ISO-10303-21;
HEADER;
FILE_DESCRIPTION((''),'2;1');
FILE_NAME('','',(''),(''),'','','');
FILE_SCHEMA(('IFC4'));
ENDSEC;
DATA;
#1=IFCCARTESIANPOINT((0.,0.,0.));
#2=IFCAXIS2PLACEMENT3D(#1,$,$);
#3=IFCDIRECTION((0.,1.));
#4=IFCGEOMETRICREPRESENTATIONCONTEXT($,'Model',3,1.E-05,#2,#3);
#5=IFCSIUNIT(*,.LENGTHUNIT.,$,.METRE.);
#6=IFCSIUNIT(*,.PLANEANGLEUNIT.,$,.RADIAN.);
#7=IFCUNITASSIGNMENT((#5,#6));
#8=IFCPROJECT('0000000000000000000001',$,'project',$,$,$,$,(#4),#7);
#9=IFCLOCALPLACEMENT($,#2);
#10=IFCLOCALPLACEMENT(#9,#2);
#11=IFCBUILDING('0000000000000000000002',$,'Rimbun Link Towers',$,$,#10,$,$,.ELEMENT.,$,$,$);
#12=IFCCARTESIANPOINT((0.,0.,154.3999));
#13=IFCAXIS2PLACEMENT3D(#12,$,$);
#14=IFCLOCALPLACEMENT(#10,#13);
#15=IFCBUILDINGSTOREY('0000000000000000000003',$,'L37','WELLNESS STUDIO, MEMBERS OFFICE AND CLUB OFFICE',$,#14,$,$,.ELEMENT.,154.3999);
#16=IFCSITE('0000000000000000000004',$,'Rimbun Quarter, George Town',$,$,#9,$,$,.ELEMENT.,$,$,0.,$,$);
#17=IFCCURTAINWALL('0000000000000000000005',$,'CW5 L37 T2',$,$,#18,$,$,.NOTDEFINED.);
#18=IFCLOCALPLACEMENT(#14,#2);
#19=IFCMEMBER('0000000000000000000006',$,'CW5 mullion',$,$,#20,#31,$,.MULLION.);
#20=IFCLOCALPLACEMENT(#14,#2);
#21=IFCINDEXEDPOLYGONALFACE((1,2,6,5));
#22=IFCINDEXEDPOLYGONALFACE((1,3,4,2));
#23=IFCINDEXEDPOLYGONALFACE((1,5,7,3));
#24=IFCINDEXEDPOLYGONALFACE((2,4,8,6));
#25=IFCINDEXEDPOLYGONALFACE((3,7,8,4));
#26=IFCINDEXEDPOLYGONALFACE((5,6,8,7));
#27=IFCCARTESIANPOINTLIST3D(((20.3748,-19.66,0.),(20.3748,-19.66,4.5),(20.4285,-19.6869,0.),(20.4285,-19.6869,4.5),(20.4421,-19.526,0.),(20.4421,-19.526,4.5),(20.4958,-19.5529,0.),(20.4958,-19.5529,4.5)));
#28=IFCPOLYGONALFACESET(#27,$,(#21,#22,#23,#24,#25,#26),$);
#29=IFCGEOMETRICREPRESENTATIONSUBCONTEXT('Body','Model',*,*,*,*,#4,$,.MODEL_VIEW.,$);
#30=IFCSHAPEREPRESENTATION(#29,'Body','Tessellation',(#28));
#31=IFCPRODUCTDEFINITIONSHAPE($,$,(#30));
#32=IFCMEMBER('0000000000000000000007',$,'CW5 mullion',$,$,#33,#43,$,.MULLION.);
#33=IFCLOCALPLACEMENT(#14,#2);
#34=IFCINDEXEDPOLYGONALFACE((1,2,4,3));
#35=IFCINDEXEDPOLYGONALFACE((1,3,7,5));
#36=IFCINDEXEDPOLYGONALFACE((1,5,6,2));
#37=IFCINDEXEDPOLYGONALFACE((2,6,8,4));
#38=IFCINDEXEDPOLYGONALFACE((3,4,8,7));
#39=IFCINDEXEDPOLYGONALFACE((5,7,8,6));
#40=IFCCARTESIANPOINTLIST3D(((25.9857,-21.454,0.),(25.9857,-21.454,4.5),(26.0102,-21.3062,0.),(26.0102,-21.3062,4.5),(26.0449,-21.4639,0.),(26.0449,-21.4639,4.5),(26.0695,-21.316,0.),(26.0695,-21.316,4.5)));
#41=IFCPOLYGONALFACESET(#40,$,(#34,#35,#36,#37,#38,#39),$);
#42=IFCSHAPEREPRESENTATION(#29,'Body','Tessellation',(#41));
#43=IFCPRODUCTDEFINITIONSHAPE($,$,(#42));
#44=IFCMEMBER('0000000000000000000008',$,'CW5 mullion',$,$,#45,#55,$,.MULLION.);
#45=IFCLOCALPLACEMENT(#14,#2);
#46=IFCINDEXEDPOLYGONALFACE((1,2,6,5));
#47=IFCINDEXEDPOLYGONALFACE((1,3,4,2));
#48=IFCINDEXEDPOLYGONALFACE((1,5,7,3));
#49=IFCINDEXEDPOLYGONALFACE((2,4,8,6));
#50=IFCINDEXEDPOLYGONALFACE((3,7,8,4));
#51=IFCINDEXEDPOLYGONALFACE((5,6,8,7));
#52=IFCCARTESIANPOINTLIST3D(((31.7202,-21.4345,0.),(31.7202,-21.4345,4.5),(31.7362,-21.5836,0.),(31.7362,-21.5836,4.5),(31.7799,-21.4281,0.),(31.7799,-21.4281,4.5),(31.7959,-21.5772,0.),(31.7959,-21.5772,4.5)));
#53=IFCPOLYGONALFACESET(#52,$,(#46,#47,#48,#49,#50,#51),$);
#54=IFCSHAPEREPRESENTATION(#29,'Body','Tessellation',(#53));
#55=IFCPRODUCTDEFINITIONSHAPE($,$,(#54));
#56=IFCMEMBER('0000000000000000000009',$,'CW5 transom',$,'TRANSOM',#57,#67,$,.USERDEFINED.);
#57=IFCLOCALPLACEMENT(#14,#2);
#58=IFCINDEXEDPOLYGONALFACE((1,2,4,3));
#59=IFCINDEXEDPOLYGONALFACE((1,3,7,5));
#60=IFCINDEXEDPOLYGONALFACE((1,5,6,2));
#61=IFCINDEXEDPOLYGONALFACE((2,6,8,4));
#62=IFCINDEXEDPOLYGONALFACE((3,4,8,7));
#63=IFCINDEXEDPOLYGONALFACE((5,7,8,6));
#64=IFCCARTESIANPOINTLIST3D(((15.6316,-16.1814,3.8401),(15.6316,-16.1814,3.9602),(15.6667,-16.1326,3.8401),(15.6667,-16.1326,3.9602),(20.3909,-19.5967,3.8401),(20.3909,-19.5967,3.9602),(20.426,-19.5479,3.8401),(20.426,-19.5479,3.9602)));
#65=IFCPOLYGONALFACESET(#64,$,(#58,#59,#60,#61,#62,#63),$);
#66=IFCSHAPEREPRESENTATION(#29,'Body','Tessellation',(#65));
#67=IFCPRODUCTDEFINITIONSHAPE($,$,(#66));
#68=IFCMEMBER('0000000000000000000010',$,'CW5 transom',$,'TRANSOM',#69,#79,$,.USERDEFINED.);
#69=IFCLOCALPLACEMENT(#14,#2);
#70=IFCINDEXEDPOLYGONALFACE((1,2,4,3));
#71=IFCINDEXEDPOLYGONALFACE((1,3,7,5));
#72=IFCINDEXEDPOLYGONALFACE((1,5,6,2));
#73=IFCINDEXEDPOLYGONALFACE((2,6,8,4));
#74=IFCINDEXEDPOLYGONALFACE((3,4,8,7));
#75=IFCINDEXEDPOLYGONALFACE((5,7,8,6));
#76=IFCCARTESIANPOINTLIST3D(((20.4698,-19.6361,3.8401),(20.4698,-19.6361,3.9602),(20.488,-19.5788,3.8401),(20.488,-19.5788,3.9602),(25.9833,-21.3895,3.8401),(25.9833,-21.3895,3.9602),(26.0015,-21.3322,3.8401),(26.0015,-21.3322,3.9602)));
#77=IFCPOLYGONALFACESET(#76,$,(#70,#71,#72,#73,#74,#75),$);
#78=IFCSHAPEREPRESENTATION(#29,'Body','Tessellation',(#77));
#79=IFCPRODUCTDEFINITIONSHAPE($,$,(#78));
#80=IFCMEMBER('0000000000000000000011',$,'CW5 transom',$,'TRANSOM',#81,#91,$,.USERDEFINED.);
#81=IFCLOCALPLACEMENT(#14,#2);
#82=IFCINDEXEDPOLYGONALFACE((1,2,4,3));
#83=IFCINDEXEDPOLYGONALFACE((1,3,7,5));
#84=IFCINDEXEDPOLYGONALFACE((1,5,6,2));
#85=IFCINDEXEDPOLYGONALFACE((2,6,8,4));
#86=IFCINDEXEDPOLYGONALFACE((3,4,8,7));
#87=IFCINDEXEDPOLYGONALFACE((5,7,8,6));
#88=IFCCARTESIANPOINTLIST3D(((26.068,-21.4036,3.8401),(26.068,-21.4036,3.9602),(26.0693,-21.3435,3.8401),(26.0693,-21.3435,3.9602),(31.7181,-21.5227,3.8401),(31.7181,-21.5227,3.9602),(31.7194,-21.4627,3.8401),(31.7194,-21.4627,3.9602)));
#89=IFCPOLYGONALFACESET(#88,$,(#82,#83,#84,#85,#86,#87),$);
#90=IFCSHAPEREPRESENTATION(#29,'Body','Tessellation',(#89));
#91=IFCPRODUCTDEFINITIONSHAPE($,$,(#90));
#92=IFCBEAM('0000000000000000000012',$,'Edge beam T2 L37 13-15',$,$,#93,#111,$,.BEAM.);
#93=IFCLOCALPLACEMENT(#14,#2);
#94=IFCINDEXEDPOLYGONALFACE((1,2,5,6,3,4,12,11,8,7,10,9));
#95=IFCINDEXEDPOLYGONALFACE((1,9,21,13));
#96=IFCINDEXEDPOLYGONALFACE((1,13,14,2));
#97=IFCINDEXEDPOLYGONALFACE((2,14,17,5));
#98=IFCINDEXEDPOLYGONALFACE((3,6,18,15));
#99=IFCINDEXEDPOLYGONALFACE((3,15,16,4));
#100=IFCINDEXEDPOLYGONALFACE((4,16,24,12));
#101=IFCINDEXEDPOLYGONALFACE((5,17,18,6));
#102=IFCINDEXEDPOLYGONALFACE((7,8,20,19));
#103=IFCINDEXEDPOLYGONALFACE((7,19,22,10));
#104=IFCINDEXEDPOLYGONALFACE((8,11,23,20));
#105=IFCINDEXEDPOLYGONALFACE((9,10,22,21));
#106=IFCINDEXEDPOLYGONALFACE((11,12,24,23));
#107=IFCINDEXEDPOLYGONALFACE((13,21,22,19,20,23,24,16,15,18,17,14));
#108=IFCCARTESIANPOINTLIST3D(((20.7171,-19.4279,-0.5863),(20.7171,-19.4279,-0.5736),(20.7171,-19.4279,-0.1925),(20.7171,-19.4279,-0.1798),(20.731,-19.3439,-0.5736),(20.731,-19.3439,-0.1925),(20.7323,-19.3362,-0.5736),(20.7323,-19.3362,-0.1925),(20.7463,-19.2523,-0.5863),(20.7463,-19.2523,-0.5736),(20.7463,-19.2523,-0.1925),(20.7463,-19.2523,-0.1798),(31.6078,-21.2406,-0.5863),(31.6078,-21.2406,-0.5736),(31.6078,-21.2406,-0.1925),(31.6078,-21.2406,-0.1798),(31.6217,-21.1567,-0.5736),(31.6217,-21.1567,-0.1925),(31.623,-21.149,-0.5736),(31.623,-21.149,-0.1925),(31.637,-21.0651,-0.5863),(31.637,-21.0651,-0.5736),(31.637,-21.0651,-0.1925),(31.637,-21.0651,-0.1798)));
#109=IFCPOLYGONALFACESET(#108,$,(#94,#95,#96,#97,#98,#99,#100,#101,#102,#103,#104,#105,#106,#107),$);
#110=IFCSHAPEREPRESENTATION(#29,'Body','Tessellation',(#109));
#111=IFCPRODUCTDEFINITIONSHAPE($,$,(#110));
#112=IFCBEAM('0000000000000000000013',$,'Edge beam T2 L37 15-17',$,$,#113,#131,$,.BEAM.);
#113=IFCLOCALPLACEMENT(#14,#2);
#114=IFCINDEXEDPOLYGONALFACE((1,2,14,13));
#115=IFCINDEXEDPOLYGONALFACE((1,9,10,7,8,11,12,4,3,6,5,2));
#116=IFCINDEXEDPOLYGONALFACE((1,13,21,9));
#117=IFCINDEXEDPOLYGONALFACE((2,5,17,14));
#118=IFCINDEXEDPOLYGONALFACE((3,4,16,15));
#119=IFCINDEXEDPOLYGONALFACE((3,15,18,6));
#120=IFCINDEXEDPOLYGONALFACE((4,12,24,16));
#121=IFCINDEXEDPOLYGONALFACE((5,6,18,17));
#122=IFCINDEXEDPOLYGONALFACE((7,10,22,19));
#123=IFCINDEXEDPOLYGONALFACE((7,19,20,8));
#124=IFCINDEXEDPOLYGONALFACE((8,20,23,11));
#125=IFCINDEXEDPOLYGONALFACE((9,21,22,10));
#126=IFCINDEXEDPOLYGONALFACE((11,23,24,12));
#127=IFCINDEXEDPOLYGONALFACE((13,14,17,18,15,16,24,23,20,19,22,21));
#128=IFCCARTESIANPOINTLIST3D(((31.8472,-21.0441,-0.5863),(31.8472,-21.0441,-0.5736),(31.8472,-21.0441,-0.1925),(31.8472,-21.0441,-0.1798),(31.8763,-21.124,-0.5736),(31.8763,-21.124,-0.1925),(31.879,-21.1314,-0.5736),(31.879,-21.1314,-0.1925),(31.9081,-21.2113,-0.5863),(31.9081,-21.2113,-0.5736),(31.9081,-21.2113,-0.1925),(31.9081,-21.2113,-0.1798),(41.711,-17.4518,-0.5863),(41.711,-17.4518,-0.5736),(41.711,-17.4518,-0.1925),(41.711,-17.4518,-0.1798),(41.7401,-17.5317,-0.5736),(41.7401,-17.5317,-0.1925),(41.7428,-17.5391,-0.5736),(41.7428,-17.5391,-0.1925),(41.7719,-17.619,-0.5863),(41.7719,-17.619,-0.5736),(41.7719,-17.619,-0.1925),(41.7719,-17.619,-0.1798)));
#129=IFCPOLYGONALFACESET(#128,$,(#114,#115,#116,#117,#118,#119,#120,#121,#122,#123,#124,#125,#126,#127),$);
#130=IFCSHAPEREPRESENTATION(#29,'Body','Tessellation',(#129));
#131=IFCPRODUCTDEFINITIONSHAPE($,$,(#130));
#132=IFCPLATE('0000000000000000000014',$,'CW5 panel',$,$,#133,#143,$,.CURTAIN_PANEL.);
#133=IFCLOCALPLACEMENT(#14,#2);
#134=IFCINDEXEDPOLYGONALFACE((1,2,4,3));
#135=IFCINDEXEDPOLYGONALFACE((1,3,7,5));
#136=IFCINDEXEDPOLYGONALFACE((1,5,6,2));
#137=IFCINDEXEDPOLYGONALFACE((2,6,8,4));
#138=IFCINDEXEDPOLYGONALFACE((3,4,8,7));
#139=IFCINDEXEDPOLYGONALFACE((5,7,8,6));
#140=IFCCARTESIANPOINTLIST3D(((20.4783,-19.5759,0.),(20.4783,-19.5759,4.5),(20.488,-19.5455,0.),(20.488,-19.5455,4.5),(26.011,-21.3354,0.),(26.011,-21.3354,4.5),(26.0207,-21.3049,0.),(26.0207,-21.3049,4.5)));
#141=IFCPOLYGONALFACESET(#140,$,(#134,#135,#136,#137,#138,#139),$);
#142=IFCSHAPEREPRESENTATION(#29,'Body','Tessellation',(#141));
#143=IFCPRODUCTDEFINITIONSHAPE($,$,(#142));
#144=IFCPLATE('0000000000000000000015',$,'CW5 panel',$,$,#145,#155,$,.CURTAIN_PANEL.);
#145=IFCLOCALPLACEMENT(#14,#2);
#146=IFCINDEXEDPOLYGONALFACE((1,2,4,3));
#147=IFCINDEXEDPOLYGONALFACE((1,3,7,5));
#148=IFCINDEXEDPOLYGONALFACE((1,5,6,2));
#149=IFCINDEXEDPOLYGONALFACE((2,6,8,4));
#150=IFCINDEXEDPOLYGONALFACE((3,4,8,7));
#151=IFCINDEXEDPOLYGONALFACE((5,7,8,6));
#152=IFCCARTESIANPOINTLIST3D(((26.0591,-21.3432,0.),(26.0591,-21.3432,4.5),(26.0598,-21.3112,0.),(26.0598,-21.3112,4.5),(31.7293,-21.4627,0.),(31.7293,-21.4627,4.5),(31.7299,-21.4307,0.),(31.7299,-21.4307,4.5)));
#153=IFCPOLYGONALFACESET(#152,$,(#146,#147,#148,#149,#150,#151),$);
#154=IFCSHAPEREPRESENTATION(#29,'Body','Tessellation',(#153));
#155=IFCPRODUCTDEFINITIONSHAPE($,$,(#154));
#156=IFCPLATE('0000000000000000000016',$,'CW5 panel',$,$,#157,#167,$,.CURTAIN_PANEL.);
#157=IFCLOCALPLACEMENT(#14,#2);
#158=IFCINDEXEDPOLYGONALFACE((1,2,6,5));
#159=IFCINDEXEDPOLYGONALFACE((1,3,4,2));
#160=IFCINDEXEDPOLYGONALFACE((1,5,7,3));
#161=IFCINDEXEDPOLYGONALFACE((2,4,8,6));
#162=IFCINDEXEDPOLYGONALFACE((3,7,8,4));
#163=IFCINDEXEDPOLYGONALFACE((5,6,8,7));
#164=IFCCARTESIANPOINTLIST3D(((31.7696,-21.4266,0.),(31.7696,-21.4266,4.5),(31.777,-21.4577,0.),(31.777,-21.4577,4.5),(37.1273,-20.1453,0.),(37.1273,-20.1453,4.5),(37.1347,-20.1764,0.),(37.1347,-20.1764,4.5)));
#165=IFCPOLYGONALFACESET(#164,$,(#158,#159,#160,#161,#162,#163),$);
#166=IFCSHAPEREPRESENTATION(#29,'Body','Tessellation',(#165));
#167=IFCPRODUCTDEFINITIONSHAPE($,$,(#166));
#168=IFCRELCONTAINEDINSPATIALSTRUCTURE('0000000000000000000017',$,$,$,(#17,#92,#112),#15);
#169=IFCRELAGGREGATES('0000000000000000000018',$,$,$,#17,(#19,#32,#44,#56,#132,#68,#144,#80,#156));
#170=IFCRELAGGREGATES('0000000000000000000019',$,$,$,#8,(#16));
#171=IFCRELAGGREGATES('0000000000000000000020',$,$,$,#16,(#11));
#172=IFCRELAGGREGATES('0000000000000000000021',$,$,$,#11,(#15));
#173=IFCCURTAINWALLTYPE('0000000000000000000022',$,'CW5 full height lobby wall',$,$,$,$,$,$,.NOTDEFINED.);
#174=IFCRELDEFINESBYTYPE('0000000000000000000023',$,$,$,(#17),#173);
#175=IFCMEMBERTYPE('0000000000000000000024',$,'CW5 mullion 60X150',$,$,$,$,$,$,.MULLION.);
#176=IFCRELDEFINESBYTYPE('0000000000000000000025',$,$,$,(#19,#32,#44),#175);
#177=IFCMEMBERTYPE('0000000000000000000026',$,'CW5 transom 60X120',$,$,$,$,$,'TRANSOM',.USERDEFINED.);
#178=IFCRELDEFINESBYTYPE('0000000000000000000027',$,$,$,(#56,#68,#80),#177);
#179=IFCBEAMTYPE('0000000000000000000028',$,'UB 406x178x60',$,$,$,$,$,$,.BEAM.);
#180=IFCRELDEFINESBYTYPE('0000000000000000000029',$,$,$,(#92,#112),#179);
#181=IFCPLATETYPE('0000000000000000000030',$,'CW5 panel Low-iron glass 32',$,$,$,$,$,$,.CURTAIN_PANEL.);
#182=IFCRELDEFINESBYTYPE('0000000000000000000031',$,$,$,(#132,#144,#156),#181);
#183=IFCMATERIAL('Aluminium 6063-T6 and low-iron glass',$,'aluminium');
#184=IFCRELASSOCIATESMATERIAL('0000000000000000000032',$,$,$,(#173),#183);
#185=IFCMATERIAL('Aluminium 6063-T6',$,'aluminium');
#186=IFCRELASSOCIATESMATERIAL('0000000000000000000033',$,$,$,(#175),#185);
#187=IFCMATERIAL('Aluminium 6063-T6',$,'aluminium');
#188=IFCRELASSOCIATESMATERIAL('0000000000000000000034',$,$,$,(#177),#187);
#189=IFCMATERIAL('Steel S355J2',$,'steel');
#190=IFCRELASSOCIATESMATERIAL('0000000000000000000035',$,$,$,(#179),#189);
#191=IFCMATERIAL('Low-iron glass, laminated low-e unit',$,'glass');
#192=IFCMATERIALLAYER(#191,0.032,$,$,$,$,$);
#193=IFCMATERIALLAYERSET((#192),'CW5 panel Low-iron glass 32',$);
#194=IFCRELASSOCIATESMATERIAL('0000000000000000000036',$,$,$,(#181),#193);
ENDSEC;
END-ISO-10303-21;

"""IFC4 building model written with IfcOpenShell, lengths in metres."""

from ifc_helpers import new_model, si_unit, direction, frame, origin, origin_2d, place, context, subcontext, project, spatial, rectangle, i_section, extrude, material, layer, layer_set, material_profile, profile_set, type_object, element, aggregate, save


model = new_model("IFC4")

# Units and contexts
model_context = context("Model", 3, precision=1e-05, world=origin(), true_north=direction((0.0, 1.0)))
body_context = subcontext(model_context, "Body", "Model", "MODEL_VIEW")
ifc_project = project(units=[si_unit("LENGTHUNIT", "METRE"), si_unit("PLANEANGLEUNIT", "RADIAN")], contexts=[model_context])

# Site, building, storey
site_placement = place(None, origin())
site = spatial("IfcSite", under=ifc_project, at=site_placement, Name="Rimbun Quarter, George Town", CompositionType="ELEMENT", RefElevation=0.0)
building_placement = place(site_placement, origin())
building = spatial("IfcBuilding", under=site, at=building_placement, Name="Rimbun Link Towers", CompositionType="ELEMENT")
storey_placement = place(building_placement, frame((0.0, 0.0, 154.3999)))
storey = spatial("IfcBuildingStorey", under=building, at=storey_placement, Name="L37", Description="WELLNESS STUDIO, MEMBERS OFFICE AND CLUB OFFICE", CompositionType="ELEMENT", Elevation=154.3999)

# Curtain wall, members
ifc_material_1 = material(Name="Aluminium 6063-T6 and low-iron glass", Category="aluminium")
curtain_wall_type = type_object("IfcCurtainWallType", Name="CW5 full height lobby wall", PredefinedType="NOTDEFINED", material=ifc_material_1)
curtain_wall_placement = place(storey_placement, origin())
curtain_wall = element("IfcCurtainWall", 1, at=curtain_wall_placement, inside=storey, type_object=curtain_wall_type, Name="CW5 L37 T2", PredefinedType="NOTDEFINED")
ifc_material_2 = material(Name="Aluminium 6063-T6", Category="aluminium")
ifc_material_profile_1 = material_profile(ifc_material_2, rectangle(XDim=0.1499, YDim=0.0601, at=origin_2d()), Name="MULLION 60X150")
ifc_profile_set_1 = profile_set([ifc_material_profile_1], Name="Aluminium 6063-T6")
member_type_1 = type_object("IfcMemberType", Name="CW5 mullion 60X150", PredefinedType="MULLION", material=ifc_profile_set_1)
member_1_placement = place(storey_placement, frame((20.4353, -19.6064, 0.0), z_axis=(0.0, 0.0, 1.0), x_axis=(-0.44857, -0.893748, 0.0)))
member_1 = element("IfcMember", 2, at=member_1_placement, type_object=member_type_1, Name="CW5 mullion", PredefinedType="MULLION", context=body_context, shape_type="SweptSolid", body=[
    extrude(rectangle(XDim=0.1499, YDim=0.0601, at=origin_2d()), origin(), (0.0, 0.0, 1.0), 4.5),
])
member_2_placement = place(storey_placement, frame((26.0276, -21.385, 0.0), z_axis=(0.0, 0.0, 1.0), x_axis=(-0.163742, -0.986503, 0.0)))
member_2 = element("IfcMember", 3, at=member_2_placement, type_object=member_type_1, Name="CW5 mullion", PredefinedType="MULLION", context=body_context, shape_type="SweptSolid", body=[
    extrude(rectangle(XDim=0.1499, YDim=0.0601, at=origin_2d()), origin(), (0.0, 0.0, 1.0), 4.5),
])
member_3_placement = place(storey_placement, frame((31.7581, -21.5059, 0.0), z_axis=(0.0, 0.0, 1.0), x_axis=(0.106633, -0.994298, 0.0)))
member_3 = element("IfcMember", 4, at=member_3_placement, type_object=member_type_1, Name="CW5 mullion", PredefinedType="MULLION", context=body_context, shape_type="SweptSolid", body=[
    extrude(rectangle(XDim=0.1499, YDim=0.0601, at=origin_2d()), origin(), (0.0, 0.0, 1.0), 4.5),
])
ifc_material_3 = material(Name="Aluminium 6063-T6", Category="aluminium")
ifc_material_profile_2 = material_profile(ifc_material_3, rectangle(XDim=0.0601, YDim=0.1201, at=origin_2d()), Name="TRANSOM 60X120")
ifc_profile_set_2 = profile_set([ifc_material_profile_2], Name="Aluminium 6063-T6")
member_type_2 = type_object("IfcMemberType", Name="CW5 transom 60X120", ElementType="TRANSOM", PredefinedType="USERDEFINED", material=ifc_profile_set_2)
member_4_placement = place(storey_placement, frame((20.4084, -19.5723, 3.9001), z_axis=(-0.812456, 0.583023, 0.0), x_axis=(-0.583023, -0.812456, 0.0)))
member_4 = element("IfcMember", 5, at=member_4_placement, type_object=member_type_2, Name="CW5 transom", ObjectType="TRANSOM", PredefinedType="USERDEFINED", context=body_context, shape_type="SweptSolid", body=[
    extrude(rectangle(XDim=0.0601, YDim=0.1201, at=origin_2d()), origin(), (0.0, 0.0, 1.0), 5.8579),
])
member_5_placement = place(storey_placement, frame((25.9924, -21.3608, 3.9001), z_axis=(-0.952972, 0.303057, 0.0), x_axis=(-0.303057, -0.952972, 0.0)))
member_5 = element("IfcMember", 6, at=member_5_placement, type_object=member_type_2, Name="CW5 transom", ObjectType="TRANSOM", PredefinedType="USERDEFINED", context=body_context, shape_type="SweptSolid", body=[
    extrude(rectangle(XDim=0.0601, YDim=0.1201, at=origin_2d()), origin(), (0.0, 0.0, 1.0), 5.7856),
])
member_6_placement = place(storey_placement, frame((31.7188, -21.4927, 3.9001), z_axis=(-0.999778, 0.021082, 0.0), x_axis=(-0.021082, -0.999778, 0.0)))
member_6 = element("IfcMember", 7, at=member_6_placement, type_object=member_type_2, Name="CW5 transom", ObjectType="TRANSOM", PredefinedType="USERDEFINED", context=body_context, shape_type="SweptSolid", body=[
    extrude(rectangle(XDim=0.0601, YDim=0.1201, at=origin_2d()), origin(), (0.0, 0.0, 1.0), 5.6514),
])

# Beams
ifc_material_4 = material(Name="Steel S355J2", Category="steel")
ifc_material_profile_3 = material_profile(ifc_material_4, i_section(OverallWidth=0.178, OverallDepth=0.4065, WebThickness=0.0078, FlangeThickness=0.0127, at=origin_2d()), Name="UB 406x178x60")
ifc_profile_set_3 = profile_set([ifc_material_profile_3], Name="Steel S355J2")
beam_type = type_object("IfcBeamType", Name="UB 406x178x60", PredefinedType="BEAM", material=ifc_profile_set_3)
beam_1_placement = place(storey_placement, frame((20.7317, -19.3401, -0.3831), z_axis=(0.986429, -0.164191, 0.0), x_axis=(0.164191, 0.986429, 0.0)))
element("IfcBeam", 8, at=beam_1_placement, inside=storey, type_object=beam_type, Name="Edge beam T2 L37 13-15", PredefinedType="BEAM", context=body_context, shape_type="SweptSolid", body=[
    extrude(i_section(OverallWidth=0.178, OverallDepth=0.4065, WebThickness=0.0078, FlangeThickness=0.0127, at=origin_2d()), origin(), (0.0, 0.0, 1.0), 11.0405),
])
beam_2_placement = place(storey_placement, frame((31.8777, -21.1277, -0.3831), z_axis=(0.939626, 0.342202, 0.0), x_axis=(-0.342202, 0.939626, 0.0)))
element("IfcBeam", 9, at=beam_2_placement, inside=storey, type_object=beam_type, Name="Edge beam T2 L37 15-17", PredefinedType="BEAM", context=body_context, shape_type="SweptSolid", body=[
    extrude(i_section(OverallWidth=0.178, OverallDepth=0.4065, WebThickness=0.0078, FlangeThickness=0.0127, at=origin_2d()), origin(), (0.0, 0.0, 1.0), 10.4976),
])

# Plates
ifc_material_5 = material(Name="Low-iron glass, laminated low-e unit", Category="glass")
ifc_layer_1 = layer(ifc_material_5, 0.032)
ifc_layer_set_1 = layer_set([ifc_layer_1], Name="CW5 panel Low-iron glass 32")
plate_type = type_object("IfcPlateType", Name="CW5 panel Low-iron glass 32", PredefinedType="CURTAIN_PANEL", material=ifc_layer_set_1)
plate_1_placement = place(storey_placement, frame((23.2495, -20.4404, 0.0), z_axis=(0.0, 0.0, 1.0), x_axis=(-0.952972, 0.30306, 0.0)))
plate_1 = element("IfcPlate", 10, at=plate_1_placement, type_object=plate_type, Name="CW5 panel", PredefinedType="CURTAIN_PANEL", context=body_context, shape_type="SweptSolid", body=[
    extrude(rectangle(XDim=5.8057, YDim=0.032, at=origin_2d()), origin(), (0.0, 0.0, 1.0), 4.5),
])
plate_2_placement = place(storey_placement, frame((28.8945, -21.387, 0.0), z_axis=(0.0, 0.0, 1.0), x_axis=(-0.999778, 0.021063, 0.0)))
plate_2 = element("IfcPlate", 11, at=plate_2_placement, type_object=plate_type, Name="CW5 panel", PredefinedType="CURTAIN_PANEL", context=body_context, shape_type="SweptSolid", body=[
    extrude(rectangle(XDim=5.6714, YDim=0.032, at=origin_2d()), origin(), (0.0, 0.0, 1.0), 4.5),
])
plate_3_placement = place(storey_placement, frame((34.4521, -20.8015, 0.0), z_axis=(0.0, 0.0, 1.0), x_axis=(-0.972575, -0.232588, 0.0)))
plate_3 = element("IfcPlate", 12, at=plate_3_placement, type_object=plate_type, Name="CW5 panel", PredefinedType="CURTAIN_PANEL", context=body_context, shape_type="SweptSolid", body=[
    extrude(rectangle(XDim=5.5088, YDim=0.032, at=origin_2d()), origin(), (0.0, 0.0, 1.0), 4.5),
])
aggregate(curtain_wall, [member_1, member_2, member_3, member_4, plate_1, member_5, plate_2, member_6, plate_3])

save(model, "model.ifc")
